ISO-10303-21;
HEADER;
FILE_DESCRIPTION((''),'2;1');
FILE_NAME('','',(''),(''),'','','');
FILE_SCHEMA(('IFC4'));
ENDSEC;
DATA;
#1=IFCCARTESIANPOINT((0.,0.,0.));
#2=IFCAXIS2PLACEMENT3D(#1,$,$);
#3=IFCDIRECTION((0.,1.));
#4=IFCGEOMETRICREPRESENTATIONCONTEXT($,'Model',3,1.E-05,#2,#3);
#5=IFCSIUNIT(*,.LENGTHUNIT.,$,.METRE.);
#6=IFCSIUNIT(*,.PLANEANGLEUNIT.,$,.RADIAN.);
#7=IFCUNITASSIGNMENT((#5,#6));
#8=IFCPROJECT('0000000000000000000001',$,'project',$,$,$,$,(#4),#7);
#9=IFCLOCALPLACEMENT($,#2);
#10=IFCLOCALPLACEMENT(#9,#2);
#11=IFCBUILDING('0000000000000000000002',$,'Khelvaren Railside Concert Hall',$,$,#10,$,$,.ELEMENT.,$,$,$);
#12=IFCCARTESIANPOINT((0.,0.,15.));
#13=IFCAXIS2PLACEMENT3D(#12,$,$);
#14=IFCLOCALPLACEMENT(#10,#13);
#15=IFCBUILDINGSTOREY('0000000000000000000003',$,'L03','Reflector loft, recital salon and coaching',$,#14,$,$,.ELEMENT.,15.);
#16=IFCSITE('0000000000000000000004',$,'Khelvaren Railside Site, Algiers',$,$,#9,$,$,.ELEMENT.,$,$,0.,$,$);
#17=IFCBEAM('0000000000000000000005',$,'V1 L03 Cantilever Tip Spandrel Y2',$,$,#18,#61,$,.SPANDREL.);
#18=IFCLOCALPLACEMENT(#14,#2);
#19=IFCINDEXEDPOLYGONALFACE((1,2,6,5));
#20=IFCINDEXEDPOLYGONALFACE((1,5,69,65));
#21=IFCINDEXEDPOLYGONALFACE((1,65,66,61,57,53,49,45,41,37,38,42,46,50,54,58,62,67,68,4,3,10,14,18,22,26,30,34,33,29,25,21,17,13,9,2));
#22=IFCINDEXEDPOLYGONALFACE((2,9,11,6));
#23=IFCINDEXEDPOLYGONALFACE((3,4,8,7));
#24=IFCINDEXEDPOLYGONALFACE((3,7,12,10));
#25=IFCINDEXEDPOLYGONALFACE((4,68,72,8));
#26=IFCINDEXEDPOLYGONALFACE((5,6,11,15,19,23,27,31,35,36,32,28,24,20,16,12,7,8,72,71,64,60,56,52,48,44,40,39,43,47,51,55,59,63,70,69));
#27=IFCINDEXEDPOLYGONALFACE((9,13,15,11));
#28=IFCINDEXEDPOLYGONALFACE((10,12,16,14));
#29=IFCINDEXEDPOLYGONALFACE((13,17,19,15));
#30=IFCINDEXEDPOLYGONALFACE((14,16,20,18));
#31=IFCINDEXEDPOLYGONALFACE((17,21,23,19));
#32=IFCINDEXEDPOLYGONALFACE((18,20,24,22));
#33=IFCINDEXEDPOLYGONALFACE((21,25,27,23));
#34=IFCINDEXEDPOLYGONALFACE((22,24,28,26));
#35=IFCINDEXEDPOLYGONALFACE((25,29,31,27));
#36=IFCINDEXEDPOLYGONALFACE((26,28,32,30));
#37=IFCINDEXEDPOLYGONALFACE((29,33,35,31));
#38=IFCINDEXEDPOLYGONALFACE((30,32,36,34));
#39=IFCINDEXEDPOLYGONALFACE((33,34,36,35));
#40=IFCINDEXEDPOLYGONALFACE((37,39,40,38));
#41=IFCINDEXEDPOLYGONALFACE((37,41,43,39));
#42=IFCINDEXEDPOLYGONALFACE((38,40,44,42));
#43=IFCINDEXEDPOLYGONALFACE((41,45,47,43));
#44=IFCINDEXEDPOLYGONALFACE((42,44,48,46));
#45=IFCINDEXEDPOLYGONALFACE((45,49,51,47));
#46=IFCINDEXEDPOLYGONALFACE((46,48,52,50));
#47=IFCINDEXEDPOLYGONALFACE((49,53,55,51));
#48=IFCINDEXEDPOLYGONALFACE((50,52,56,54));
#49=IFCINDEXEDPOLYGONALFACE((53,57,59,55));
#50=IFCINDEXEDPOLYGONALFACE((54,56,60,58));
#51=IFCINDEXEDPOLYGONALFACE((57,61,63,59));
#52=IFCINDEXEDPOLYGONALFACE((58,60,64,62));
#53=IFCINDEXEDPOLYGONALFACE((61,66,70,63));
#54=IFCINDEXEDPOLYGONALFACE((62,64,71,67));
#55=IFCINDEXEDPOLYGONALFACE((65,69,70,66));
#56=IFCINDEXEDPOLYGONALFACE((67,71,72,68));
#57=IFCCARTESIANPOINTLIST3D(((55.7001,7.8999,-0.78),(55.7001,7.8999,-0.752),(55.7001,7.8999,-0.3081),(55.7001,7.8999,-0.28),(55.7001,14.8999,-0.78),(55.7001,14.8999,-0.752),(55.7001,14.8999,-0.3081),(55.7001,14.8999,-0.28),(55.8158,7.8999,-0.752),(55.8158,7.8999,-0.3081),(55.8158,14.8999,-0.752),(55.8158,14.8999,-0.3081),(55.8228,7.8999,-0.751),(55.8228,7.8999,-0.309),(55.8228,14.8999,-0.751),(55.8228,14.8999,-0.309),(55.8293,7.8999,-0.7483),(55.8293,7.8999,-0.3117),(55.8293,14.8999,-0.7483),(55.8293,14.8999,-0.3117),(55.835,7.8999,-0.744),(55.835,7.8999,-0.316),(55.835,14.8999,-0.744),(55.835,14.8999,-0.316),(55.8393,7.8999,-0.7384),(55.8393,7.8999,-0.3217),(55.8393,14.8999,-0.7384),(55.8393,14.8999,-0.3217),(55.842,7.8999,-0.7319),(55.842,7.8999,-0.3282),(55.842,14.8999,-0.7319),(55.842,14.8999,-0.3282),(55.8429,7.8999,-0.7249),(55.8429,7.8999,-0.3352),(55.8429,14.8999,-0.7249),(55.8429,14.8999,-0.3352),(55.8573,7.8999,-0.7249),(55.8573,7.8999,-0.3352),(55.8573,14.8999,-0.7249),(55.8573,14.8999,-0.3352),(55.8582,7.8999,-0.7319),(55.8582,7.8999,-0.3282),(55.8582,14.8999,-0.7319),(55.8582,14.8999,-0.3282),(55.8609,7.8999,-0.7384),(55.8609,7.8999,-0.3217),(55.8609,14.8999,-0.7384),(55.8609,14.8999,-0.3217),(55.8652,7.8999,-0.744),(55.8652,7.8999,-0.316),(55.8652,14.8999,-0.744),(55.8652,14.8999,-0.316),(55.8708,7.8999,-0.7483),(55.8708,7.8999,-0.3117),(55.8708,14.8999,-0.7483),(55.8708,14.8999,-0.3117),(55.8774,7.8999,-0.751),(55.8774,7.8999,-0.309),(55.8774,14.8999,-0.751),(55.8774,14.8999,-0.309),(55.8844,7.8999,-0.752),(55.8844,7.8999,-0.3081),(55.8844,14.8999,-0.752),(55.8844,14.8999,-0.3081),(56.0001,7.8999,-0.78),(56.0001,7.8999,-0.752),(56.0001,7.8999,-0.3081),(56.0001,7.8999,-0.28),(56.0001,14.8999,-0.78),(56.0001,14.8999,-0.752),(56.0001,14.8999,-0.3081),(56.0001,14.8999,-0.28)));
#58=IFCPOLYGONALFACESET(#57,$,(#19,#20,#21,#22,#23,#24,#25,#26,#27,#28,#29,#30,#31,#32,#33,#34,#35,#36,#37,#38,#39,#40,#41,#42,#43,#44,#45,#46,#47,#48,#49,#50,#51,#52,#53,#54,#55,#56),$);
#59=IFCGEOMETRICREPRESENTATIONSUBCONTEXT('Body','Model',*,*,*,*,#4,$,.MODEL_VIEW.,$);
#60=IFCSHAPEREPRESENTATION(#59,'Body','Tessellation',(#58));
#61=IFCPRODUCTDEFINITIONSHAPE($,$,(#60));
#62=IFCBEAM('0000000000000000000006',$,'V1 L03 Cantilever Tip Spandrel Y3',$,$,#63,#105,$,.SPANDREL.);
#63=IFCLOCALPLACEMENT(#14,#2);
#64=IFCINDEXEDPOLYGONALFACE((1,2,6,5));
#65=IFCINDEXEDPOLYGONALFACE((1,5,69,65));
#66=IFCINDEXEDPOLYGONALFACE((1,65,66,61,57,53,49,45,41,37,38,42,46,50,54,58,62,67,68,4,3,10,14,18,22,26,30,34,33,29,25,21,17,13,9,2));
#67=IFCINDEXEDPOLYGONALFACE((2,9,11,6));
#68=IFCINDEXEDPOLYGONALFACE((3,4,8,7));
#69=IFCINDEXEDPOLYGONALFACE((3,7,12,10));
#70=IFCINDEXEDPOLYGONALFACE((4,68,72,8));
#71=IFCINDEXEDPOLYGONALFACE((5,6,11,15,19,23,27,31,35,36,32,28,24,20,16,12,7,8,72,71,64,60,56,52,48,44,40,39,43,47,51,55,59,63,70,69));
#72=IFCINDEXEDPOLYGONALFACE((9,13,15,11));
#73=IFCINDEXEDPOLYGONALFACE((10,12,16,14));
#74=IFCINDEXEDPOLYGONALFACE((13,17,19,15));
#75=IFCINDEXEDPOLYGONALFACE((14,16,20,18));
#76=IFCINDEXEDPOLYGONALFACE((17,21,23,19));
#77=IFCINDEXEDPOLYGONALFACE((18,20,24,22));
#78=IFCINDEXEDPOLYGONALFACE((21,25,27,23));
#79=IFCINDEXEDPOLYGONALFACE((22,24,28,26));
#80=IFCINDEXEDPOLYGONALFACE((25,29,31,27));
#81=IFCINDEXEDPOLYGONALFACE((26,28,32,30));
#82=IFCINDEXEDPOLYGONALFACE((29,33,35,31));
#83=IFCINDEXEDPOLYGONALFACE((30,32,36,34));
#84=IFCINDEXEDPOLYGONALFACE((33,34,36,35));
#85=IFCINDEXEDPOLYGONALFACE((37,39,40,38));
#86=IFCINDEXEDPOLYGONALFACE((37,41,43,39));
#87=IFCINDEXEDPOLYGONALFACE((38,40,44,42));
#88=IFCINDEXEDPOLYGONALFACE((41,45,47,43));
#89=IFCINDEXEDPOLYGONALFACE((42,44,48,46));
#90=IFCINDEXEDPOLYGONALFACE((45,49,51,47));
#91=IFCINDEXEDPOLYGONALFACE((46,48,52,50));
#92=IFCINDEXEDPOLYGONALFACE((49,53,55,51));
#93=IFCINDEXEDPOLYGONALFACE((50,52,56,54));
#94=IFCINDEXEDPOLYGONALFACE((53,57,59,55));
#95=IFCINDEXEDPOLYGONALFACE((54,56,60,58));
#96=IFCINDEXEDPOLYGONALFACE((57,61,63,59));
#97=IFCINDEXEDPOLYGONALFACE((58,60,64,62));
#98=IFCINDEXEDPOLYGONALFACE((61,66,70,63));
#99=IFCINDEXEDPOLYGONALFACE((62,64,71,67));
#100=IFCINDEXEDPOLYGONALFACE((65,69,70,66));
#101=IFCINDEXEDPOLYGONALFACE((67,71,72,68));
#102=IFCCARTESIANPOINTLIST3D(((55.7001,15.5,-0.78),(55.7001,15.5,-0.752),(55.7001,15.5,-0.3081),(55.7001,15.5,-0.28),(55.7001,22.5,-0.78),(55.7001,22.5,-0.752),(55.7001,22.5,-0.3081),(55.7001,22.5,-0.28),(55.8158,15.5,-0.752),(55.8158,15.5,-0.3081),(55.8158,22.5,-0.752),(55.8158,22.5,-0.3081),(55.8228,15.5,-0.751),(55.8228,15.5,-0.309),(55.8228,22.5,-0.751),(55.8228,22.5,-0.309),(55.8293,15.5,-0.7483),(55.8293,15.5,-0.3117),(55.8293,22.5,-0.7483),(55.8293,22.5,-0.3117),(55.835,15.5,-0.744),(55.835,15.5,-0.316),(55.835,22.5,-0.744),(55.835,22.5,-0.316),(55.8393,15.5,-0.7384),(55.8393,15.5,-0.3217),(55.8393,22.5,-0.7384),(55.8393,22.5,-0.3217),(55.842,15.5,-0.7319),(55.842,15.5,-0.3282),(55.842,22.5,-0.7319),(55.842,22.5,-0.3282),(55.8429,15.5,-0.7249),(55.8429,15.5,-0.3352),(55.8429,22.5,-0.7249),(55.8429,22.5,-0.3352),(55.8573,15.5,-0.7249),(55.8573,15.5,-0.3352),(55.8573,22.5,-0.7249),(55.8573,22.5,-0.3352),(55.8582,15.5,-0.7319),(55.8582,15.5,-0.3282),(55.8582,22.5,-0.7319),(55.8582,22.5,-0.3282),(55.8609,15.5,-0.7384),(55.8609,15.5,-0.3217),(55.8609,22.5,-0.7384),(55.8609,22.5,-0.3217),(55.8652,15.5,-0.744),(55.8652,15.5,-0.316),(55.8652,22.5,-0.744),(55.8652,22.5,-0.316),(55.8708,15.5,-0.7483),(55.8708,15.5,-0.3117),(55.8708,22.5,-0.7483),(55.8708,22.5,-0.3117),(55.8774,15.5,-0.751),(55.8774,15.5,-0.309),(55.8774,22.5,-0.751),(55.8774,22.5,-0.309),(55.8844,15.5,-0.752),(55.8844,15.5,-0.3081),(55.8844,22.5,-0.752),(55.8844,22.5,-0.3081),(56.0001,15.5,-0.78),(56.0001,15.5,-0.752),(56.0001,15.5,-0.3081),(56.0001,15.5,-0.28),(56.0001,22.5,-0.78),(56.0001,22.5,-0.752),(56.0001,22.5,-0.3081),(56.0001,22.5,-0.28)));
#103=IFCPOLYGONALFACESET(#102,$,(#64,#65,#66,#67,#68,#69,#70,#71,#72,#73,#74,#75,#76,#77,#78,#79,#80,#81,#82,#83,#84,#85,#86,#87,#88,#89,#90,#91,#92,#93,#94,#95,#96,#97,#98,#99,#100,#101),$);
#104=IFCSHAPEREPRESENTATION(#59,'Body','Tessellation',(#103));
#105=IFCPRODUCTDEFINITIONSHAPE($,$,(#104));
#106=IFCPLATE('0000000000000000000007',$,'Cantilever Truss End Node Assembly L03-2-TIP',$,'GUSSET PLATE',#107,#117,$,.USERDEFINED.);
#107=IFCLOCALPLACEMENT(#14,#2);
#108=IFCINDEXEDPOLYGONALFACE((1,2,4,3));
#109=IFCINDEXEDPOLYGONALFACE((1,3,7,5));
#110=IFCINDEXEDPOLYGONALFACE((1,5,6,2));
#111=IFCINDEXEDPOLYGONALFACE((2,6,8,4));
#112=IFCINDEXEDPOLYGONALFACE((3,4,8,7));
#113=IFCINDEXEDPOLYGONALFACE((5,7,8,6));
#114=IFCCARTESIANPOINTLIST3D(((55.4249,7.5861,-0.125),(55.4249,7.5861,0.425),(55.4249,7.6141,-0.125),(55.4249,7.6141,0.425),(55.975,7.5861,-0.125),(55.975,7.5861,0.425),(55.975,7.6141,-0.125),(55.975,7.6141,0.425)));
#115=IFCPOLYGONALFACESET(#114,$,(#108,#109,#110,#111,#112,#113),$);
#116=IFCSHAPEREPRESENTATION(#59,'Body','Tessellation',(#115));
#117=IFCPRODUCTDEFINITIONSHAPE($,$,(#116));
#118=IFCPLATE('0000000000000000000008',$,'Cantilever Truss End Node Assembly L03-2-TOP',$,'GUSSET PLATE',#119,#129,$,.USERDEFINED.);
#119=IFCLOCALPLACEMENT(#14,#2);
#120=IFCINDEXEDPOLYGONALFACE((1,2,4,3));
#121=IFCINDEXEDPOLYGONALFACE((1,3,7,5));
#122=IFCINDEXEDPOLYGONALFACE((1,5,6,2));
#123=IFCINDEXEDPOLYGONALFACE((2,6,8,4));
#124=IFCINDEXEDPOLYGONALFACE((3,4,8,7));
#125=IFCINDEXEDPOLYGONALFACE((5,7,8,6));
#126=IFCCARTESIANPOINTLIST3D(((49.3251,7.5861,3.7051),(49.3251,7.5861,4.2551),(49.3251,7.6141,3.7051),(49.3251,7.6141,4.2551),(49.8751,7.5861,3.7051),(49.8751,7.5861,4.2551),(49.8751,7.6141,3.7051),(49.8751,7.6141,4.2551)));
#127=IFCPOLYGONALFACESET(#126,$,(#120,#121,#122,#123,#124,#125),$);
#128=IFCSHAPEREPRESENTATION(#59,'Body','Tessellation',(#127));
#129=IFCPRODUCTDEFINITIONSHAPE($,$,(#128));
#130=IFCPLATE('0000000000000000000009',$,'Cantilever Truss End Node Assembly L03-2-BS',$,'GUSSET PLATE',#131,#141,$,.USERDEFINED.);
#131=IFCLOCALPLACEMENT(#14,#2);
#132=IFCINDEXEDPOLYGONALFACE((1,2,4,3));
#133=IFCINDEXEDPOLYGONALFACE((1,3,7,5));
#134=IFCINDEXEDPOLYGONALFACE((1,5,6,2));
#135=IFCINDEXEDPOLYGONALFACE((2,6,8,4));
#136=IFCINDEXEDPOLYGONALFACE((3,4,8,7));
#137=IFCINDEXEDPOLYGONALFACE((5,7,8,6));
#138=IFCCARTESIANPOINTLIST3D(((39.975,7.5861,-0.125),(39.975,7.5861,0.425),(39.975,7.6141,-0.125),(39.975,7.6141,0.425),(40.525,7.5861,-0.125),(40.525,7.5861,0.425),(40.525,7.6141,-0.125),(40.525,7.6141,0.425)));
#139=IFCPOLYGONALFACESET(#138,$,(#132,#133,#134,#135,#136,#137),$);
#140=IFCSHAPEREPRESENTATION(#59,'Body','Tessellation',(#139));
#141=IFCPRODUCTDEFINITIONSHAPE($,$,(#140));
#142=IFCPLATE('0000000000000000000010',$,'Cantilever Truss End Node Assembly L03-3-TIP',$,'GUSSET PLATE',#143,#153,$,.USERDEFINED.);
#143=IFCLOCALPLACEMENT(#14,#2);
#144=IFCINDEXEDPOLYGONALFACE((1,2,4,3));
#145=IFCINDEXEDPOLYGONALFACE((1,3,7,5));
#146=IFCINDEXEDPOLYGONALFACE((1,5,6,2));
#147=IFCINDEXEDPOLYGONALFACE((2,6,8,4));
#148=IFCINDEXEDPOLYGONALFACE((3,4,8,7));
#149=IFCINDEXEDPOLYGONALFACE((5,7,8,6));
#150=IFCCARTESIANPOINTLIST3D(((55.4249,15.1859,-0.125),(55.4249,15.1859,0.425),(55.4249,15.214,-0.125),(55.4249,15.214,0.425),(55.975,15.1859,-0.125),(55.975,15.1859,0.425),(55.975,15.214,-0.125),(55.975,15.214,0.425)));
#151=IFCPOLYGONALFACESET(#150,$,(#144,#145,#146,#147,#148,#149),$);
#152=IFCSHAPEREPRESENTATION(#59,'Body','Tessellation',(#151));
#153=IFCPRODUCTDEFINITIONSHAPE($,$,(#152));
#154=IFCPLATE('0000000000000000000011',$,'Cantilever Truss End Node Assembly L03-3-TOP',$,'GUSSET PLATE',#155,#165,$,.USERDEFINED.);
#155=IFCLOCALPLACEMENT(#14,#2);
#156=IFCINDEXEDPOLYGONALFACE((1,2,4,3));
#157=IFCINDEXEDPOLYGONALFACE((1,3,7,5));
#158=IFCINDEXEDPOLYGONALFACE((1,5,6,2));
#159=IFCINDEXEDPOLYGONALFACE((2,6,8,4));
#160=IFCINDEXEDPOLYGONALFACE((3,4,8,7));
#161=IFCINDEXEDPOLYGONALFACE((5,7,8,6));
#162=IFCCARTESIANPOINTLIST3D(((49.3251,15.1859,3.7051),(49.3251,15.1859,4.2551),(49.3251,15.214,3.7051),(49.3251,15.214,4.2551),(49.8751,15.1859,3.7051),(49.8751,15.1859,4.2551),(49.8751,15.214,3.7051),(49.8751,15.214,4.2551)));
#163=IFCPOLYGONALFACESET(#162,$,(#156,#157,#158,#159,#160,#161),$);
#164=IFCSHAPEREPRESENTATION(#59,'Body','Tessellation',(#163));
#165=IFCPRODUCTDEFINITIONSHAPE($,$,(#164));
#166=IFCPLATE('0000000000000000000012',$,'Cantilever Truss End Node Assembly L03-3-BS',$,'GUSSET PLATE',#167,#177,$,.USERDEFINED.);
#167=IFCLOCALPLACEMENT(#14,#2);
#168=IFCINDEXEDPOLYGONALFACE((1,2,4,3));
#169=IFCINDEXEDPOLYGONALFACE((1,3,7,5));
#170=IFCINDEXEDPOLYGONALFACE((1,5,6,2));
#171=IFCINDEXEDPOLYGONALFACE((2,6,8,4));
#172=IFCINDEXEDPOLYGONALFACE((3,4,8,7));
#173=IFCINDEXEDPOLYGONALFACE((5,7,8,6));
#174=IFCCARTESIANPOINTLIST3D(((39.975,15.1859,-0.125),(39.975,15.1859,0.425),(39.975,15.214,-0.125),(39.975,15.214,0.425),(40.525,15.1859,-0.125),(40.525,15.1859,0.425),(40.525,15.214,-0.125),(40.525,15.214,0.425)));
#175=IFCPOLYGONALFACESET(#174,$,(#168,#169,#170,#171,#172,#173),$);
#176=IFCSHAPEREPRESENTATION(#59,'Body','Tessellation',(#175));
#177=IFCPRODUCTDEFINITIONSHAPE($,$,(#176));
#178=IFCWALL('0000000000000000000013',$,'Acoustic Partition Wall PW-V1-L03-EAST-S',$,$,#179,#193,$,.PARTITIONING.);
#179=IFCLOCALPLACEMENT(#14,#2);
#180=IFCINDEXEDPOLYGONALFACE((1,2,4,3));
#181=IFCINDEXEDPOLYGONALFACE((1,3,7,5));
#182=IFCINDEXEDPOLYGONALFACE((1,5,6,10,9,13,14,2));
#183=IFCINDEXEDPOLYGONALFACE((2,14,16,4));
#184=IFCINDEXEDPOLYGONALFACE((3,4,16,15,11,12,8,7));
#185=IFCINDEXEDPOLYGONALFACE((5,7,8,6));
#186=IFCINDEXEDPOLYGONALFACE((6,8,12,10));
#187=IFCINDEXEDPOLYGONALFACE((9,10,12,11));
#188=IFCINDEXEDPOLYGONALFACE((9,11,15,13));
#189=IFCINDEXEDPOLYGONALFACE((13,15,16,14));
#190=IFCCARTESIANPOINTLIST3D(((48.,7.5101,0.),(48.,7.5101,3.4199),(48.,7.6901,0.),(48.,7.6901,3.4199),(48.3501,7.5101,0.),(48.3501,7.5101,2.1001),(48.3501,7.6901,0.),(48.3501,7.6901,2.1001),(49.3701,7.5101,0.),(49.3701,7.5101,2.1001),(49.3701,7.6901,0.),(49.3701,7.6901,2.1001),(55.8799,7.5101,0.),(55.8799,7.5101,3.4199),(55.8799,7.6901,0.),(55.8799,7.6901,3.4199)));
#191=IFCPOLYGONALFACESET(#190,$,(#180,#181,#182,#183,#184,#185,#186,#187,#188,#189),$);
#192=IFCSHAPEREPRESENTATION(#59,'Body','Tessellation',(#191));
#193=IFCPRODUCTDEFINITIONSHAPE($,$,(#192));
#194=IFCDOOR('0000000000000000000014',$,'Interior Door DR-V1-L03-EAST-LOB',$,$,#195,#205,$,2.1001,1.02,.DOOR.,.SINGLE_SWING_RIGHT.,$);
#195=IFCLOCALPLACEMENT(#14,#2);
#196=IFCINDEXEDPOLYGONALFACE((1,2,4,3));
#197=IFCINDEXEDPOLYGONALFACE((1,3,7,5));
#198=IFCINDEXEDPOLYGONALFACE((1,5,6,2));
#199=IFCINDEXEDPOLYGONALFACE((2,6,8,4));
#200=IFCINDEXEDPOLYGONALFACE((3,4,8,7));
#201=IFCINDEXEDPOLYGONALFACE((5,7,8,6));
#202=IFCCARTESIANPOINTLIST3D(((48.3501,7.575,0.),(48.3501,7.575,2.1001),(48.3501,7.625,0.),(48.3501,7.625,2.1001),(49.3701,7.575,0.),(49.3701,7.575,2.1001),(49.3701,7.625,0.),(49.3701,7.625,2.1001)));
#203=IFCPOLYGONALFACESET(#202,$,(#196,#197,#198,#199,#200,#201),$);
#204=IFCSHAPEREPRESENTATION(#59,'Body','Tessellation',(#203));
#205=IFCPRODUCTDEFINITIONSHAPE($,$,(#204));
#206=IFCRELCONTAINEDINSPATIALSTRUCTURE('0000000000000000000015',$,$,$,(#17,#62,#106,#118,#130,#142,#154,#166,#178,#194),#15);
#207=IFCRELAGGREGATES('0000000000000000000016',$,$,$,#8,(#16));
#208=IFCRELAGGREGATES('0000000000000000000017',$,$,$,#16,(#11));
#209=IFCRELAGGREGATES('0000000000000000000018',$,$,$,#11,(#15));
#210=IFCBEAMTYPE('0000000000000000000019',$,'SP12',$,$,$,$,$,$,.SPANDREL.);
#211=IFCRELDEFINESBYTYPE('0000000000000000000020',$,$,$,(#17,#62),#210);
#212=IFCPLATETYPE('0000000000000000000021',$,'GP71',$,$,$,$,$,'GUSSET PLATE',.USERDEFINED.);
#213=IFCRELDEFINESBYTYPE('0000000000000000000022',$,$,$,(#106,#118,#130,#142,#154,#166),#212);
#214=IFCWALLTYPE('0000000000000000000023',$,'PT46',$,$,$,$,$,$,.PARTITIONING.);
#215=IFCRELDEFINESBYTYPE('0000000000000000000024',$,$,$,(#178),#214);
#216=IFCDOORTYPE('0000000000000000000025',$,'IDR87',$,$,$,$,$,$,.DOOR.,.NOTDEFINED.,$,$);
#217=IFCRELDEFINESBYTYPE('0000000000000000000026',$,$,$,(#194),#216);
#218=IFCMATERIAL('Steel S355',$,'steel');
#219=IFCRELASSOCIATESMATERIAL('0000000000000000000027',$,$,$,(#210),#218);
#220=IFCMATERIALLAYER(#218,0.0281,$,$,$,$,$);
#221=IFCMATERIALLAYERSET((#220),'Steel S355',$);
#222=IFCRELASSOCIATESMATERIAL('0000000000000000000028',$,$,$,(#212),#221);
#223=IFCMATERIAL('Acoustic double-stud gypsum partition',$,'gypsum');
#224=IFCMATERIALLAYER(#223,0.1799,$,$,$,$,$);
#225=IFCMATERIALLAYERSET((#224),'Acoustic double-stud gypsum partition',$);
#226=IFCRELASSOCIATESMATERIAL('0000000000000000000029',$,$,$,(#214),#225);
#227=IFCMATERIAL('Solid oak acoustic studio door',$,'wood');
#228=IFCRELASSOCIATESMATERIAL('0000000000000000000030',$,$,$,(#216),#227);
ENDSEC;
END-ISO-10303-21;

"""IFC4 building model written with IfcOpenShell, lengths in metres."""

from ifc_helpers import new_model, si_unit, direction, frame, frame_2d, origin, origin_2d, place, context, subcontext, project, spatial, rectangle, i_section, extrude, material, layer, layer_set, material_profile, profile_set, type_object, element, fill, save


model = new_model("IFC4")

# Units and contexts
model_context = context("Model", 3, precision=1e-05, world=origin(), true_north=direction((0.0, 1.0)))
body_context = subcontext(model_context, "Body", "Model", "MODEL_VIEW")
ifc_project = project(units=[si_unit("LENGTHUNIT", "METRE"), si_unit("PLANEANGLEUNIT", "RADIAN")], contexts=[model_context])

# Site, building, storey
site_placement = place(None, origin())
site = spatial("IfcSite", under=ifc_project, at=site_placement, Name="Khelvaren Railside Site, Algiers", CompositionType="ELEMENT", RefElevation=0.0)
building_placement = place(site_placement, origin())
building = spatial("IfcBuilding", under=site, at=building_placement, Name="Khelvaren Railside Concert Hall", CompositionType="ELEMENT")
storey_placement = place(building_placement, frame((0.0, 0.0, 15.0)))
storey = spatial("IfcBuildingStorey", under=building, at=storey_placement, Name="L03", Description="Reflector loft, recital salon and coaching", CompositionType="ELEMENT", Elevation=15.0)

# Shared definitions
ifc_material_1 = material(Name="Steel S355", Category="steel")

# Beams
ifc_material_profile_1 = material_profile(ifc_material_1, i_section(OverallWidth=0.3, OverallDepth=0.5, WebThickness=0.0144, FlangeThickness=0.0281, FilletRadius=0.0271, at=origin_2d()), Name="HEB 500")
ifc_profile_set_1 = profile_set([ifc_material_profile_1], Name="Steel S355")
beam_type_1 = type_object("IfcBeamType", Name="SP12", PredefinedType="SPANDREL", material=ifc_profile_set_1)
for number, where, z_axis, x_axis, name in (
    (1, (55.8501, 7.8999, -0.53), (0.0, 1.0, 0.0), (-1.0, 0.0, 0.0), "V1 L03 Cantilever Tip Spandrel Y2"),
    (2, (55.8501, 15.5, -0.53), (0.0, 1.0, 0.0), (-1.0, 0.0, 0.0), "V1 L03 Cantilever Tip Spandrel Y3"),
):
    element("IfcBeam", number, at=place(storey_placement, frame(where, z_axis=z_axis, x_axis=x_axis)), inside=storey, type_object=beam_type_1, Name=name, PredefinedType="SPANDREL", context=body_context, shape_type="SweptSolid", body=[
        extrude(i_section(OverallWidth=0.3, OverallDepth=0.5, WebThickness=0.0144, FlangeThickness=0.0281, FilletRadius=0.0271, at=origin_2d()), origin(), (0.0, 0.0, 1.0), 7.0),
    ])

# Plates
ifc_layer_1 = layer(ifc_material_1, 0.0281)
ifc_layer_set_1 = layer_set([ifc_layer_1], Name="Steel S355")
plate_type = type_object("IfcPlateType", Name="GP71", ElementType="GUSSET PLATE", PredefinedType="USERDEFINED", material=ifc_layer_set_1)
for number, where, z_axis, x_axis, name in (
    (3, (55.7, 7.6001, -0.125), (0.0, 0.0, 1.0), (1.0, 0.0, 0.0), "Cantilever Truss End Node Assembly L03-2-TIP"),
    (4, (49.6001, 7.6001, 3.7051), (0.0, 0.0, 1.0), (1.0, 0.0, 0.0), "Cantilever Truss End Node Assembly L03-2-TOP"),
    (5, (40.25, 7.6001, -0.125), (0.0, 0.0, 1.0), (1.0, 0.0, 0.0), "Cantilever Truss End Node Assembly L03-2-BS"),
    (6, (55.7, 15.2, -0.125), (0.0, 0.0, 1.0), (1.0, 0.0, 0.0), "Cantilever Truss End Node Assembly L03-3-TIP"),
    (7, (49.6001, 15.2, 3.7051), (0.0, 0.0, 1.0), (1.0, 0.0, 0.0), "Cantilever Truss End Node Assembly L03-3-TOP"),
    (8, (40.25, 15.2, -0.125), (0.0, 0.0, 1.0), (1.0, 0.0, 0.0), "Cantilever Truss End Node Assembly L03-3-BS"),
):
    element("IfcPlate", number, at=place(storey_placement, frame(where, z_axis=z_axis, x_axis=x_axis)), inside=storey, type_object=plate_type, Name=name, ObjectType="GUSSET PLATE", PredefinedType="USERDEFINED", context=body_context, shape_type="SweptSolid", body=[
        extrude(rectangle(XDim=0.55, YDim=0.0281, at=origin_2d()), origin(), (0.0, 0.0, 1.0), 0.55),
    ])

# Wall, opening, door
ifc_material_2 = material(Name="Acoustic double-stud gypsum partition", Category="gypsum")
ifc_layer_2 = layer(ifc_material_2, 0.1799)
ifc_layer_set_2 = layer_set([ifc_layer_2], Name="Acoustic double-stud gypsum partition")
wall_type = type_object("IfcWallType", Name="PT46", PredefinedType="PARTITIONING", material=ifc_layer_set_2)
wall_placement = place(storey_placement, frame((48.0, 7.6001, 0.0), z_axis=(0.0, 0.0, 1.0), x_axis=(1.0, 0.0, 0.0)))
wall = element("IfcWall", 9, at=wall_placement, inside=storey, type_object=wall_type, Name="Acoustic Partition Wall PW-V1-L03-EAST-S", PredefinedType="PARTITIONING", context=body_context, shape_type="SweptSolid", body=[
    extrude(rectangle(XDim=7.8799, YDim=0.1799, at=frame_2d((3.9399, 0.0))), origin(), (0.0, 0.0, 1.0), 3.4199),
])
opening_placement = place(wall_placement, frame((0.3501, 0.0, 0.0)))
opening = element("IfcOpeningElement", 10, at=opening_placement, cuts=wall, PredefinedType="OPENING", context=body_context, shape_type="SweptSolid", body=[
    extrude(rectangle(XDim=1.02, YDim=2.1001, at=frame_2d((0.51, 1.05))), frame((0.0, 0.0999, 0.0), z_axis=(0.0, -1.0, 0.0), x_axis=(1.0, 0.0, 0.0)), (0.0, 0.0, 1.0), 0.2),
])
ifc_material_3 = material(Name="Solid oak acoustic studio door", Category="wood")
door_type = type_object("IfcDoorType", Name="IDR87", OperationType="NOTDEFINED", PredefinedType="DOOR", material=ifc_material_3)
door_placement = place(opening_placement, origin())
door = element("IfcDoor", 11, at=door_placement, inside=storey, type_object=door_type, Name="Interior Door DR-V1-L03-EAST-LOB", OperationType="SINGLE_SWING_RIGHT", OverallHeight=2.1001, OverallWidth=1.02, PredefinedType="DOOR", context=body_context, shape_type="SweptSolid", body=[
    extrude(rectangle(XDim=1.02, YDim=2.1001, at=frame_2d((0.51, 1.05))), frame((0.0, 0.0249, 0.0), z_axis=(0.0, -1.0, 0.0), x_axis=(1.0, 0.0, 0.0)), (0.0, 0.0, 1.0), 0.05),
])
fill(opening, door)

save(model, "model.ifc")
